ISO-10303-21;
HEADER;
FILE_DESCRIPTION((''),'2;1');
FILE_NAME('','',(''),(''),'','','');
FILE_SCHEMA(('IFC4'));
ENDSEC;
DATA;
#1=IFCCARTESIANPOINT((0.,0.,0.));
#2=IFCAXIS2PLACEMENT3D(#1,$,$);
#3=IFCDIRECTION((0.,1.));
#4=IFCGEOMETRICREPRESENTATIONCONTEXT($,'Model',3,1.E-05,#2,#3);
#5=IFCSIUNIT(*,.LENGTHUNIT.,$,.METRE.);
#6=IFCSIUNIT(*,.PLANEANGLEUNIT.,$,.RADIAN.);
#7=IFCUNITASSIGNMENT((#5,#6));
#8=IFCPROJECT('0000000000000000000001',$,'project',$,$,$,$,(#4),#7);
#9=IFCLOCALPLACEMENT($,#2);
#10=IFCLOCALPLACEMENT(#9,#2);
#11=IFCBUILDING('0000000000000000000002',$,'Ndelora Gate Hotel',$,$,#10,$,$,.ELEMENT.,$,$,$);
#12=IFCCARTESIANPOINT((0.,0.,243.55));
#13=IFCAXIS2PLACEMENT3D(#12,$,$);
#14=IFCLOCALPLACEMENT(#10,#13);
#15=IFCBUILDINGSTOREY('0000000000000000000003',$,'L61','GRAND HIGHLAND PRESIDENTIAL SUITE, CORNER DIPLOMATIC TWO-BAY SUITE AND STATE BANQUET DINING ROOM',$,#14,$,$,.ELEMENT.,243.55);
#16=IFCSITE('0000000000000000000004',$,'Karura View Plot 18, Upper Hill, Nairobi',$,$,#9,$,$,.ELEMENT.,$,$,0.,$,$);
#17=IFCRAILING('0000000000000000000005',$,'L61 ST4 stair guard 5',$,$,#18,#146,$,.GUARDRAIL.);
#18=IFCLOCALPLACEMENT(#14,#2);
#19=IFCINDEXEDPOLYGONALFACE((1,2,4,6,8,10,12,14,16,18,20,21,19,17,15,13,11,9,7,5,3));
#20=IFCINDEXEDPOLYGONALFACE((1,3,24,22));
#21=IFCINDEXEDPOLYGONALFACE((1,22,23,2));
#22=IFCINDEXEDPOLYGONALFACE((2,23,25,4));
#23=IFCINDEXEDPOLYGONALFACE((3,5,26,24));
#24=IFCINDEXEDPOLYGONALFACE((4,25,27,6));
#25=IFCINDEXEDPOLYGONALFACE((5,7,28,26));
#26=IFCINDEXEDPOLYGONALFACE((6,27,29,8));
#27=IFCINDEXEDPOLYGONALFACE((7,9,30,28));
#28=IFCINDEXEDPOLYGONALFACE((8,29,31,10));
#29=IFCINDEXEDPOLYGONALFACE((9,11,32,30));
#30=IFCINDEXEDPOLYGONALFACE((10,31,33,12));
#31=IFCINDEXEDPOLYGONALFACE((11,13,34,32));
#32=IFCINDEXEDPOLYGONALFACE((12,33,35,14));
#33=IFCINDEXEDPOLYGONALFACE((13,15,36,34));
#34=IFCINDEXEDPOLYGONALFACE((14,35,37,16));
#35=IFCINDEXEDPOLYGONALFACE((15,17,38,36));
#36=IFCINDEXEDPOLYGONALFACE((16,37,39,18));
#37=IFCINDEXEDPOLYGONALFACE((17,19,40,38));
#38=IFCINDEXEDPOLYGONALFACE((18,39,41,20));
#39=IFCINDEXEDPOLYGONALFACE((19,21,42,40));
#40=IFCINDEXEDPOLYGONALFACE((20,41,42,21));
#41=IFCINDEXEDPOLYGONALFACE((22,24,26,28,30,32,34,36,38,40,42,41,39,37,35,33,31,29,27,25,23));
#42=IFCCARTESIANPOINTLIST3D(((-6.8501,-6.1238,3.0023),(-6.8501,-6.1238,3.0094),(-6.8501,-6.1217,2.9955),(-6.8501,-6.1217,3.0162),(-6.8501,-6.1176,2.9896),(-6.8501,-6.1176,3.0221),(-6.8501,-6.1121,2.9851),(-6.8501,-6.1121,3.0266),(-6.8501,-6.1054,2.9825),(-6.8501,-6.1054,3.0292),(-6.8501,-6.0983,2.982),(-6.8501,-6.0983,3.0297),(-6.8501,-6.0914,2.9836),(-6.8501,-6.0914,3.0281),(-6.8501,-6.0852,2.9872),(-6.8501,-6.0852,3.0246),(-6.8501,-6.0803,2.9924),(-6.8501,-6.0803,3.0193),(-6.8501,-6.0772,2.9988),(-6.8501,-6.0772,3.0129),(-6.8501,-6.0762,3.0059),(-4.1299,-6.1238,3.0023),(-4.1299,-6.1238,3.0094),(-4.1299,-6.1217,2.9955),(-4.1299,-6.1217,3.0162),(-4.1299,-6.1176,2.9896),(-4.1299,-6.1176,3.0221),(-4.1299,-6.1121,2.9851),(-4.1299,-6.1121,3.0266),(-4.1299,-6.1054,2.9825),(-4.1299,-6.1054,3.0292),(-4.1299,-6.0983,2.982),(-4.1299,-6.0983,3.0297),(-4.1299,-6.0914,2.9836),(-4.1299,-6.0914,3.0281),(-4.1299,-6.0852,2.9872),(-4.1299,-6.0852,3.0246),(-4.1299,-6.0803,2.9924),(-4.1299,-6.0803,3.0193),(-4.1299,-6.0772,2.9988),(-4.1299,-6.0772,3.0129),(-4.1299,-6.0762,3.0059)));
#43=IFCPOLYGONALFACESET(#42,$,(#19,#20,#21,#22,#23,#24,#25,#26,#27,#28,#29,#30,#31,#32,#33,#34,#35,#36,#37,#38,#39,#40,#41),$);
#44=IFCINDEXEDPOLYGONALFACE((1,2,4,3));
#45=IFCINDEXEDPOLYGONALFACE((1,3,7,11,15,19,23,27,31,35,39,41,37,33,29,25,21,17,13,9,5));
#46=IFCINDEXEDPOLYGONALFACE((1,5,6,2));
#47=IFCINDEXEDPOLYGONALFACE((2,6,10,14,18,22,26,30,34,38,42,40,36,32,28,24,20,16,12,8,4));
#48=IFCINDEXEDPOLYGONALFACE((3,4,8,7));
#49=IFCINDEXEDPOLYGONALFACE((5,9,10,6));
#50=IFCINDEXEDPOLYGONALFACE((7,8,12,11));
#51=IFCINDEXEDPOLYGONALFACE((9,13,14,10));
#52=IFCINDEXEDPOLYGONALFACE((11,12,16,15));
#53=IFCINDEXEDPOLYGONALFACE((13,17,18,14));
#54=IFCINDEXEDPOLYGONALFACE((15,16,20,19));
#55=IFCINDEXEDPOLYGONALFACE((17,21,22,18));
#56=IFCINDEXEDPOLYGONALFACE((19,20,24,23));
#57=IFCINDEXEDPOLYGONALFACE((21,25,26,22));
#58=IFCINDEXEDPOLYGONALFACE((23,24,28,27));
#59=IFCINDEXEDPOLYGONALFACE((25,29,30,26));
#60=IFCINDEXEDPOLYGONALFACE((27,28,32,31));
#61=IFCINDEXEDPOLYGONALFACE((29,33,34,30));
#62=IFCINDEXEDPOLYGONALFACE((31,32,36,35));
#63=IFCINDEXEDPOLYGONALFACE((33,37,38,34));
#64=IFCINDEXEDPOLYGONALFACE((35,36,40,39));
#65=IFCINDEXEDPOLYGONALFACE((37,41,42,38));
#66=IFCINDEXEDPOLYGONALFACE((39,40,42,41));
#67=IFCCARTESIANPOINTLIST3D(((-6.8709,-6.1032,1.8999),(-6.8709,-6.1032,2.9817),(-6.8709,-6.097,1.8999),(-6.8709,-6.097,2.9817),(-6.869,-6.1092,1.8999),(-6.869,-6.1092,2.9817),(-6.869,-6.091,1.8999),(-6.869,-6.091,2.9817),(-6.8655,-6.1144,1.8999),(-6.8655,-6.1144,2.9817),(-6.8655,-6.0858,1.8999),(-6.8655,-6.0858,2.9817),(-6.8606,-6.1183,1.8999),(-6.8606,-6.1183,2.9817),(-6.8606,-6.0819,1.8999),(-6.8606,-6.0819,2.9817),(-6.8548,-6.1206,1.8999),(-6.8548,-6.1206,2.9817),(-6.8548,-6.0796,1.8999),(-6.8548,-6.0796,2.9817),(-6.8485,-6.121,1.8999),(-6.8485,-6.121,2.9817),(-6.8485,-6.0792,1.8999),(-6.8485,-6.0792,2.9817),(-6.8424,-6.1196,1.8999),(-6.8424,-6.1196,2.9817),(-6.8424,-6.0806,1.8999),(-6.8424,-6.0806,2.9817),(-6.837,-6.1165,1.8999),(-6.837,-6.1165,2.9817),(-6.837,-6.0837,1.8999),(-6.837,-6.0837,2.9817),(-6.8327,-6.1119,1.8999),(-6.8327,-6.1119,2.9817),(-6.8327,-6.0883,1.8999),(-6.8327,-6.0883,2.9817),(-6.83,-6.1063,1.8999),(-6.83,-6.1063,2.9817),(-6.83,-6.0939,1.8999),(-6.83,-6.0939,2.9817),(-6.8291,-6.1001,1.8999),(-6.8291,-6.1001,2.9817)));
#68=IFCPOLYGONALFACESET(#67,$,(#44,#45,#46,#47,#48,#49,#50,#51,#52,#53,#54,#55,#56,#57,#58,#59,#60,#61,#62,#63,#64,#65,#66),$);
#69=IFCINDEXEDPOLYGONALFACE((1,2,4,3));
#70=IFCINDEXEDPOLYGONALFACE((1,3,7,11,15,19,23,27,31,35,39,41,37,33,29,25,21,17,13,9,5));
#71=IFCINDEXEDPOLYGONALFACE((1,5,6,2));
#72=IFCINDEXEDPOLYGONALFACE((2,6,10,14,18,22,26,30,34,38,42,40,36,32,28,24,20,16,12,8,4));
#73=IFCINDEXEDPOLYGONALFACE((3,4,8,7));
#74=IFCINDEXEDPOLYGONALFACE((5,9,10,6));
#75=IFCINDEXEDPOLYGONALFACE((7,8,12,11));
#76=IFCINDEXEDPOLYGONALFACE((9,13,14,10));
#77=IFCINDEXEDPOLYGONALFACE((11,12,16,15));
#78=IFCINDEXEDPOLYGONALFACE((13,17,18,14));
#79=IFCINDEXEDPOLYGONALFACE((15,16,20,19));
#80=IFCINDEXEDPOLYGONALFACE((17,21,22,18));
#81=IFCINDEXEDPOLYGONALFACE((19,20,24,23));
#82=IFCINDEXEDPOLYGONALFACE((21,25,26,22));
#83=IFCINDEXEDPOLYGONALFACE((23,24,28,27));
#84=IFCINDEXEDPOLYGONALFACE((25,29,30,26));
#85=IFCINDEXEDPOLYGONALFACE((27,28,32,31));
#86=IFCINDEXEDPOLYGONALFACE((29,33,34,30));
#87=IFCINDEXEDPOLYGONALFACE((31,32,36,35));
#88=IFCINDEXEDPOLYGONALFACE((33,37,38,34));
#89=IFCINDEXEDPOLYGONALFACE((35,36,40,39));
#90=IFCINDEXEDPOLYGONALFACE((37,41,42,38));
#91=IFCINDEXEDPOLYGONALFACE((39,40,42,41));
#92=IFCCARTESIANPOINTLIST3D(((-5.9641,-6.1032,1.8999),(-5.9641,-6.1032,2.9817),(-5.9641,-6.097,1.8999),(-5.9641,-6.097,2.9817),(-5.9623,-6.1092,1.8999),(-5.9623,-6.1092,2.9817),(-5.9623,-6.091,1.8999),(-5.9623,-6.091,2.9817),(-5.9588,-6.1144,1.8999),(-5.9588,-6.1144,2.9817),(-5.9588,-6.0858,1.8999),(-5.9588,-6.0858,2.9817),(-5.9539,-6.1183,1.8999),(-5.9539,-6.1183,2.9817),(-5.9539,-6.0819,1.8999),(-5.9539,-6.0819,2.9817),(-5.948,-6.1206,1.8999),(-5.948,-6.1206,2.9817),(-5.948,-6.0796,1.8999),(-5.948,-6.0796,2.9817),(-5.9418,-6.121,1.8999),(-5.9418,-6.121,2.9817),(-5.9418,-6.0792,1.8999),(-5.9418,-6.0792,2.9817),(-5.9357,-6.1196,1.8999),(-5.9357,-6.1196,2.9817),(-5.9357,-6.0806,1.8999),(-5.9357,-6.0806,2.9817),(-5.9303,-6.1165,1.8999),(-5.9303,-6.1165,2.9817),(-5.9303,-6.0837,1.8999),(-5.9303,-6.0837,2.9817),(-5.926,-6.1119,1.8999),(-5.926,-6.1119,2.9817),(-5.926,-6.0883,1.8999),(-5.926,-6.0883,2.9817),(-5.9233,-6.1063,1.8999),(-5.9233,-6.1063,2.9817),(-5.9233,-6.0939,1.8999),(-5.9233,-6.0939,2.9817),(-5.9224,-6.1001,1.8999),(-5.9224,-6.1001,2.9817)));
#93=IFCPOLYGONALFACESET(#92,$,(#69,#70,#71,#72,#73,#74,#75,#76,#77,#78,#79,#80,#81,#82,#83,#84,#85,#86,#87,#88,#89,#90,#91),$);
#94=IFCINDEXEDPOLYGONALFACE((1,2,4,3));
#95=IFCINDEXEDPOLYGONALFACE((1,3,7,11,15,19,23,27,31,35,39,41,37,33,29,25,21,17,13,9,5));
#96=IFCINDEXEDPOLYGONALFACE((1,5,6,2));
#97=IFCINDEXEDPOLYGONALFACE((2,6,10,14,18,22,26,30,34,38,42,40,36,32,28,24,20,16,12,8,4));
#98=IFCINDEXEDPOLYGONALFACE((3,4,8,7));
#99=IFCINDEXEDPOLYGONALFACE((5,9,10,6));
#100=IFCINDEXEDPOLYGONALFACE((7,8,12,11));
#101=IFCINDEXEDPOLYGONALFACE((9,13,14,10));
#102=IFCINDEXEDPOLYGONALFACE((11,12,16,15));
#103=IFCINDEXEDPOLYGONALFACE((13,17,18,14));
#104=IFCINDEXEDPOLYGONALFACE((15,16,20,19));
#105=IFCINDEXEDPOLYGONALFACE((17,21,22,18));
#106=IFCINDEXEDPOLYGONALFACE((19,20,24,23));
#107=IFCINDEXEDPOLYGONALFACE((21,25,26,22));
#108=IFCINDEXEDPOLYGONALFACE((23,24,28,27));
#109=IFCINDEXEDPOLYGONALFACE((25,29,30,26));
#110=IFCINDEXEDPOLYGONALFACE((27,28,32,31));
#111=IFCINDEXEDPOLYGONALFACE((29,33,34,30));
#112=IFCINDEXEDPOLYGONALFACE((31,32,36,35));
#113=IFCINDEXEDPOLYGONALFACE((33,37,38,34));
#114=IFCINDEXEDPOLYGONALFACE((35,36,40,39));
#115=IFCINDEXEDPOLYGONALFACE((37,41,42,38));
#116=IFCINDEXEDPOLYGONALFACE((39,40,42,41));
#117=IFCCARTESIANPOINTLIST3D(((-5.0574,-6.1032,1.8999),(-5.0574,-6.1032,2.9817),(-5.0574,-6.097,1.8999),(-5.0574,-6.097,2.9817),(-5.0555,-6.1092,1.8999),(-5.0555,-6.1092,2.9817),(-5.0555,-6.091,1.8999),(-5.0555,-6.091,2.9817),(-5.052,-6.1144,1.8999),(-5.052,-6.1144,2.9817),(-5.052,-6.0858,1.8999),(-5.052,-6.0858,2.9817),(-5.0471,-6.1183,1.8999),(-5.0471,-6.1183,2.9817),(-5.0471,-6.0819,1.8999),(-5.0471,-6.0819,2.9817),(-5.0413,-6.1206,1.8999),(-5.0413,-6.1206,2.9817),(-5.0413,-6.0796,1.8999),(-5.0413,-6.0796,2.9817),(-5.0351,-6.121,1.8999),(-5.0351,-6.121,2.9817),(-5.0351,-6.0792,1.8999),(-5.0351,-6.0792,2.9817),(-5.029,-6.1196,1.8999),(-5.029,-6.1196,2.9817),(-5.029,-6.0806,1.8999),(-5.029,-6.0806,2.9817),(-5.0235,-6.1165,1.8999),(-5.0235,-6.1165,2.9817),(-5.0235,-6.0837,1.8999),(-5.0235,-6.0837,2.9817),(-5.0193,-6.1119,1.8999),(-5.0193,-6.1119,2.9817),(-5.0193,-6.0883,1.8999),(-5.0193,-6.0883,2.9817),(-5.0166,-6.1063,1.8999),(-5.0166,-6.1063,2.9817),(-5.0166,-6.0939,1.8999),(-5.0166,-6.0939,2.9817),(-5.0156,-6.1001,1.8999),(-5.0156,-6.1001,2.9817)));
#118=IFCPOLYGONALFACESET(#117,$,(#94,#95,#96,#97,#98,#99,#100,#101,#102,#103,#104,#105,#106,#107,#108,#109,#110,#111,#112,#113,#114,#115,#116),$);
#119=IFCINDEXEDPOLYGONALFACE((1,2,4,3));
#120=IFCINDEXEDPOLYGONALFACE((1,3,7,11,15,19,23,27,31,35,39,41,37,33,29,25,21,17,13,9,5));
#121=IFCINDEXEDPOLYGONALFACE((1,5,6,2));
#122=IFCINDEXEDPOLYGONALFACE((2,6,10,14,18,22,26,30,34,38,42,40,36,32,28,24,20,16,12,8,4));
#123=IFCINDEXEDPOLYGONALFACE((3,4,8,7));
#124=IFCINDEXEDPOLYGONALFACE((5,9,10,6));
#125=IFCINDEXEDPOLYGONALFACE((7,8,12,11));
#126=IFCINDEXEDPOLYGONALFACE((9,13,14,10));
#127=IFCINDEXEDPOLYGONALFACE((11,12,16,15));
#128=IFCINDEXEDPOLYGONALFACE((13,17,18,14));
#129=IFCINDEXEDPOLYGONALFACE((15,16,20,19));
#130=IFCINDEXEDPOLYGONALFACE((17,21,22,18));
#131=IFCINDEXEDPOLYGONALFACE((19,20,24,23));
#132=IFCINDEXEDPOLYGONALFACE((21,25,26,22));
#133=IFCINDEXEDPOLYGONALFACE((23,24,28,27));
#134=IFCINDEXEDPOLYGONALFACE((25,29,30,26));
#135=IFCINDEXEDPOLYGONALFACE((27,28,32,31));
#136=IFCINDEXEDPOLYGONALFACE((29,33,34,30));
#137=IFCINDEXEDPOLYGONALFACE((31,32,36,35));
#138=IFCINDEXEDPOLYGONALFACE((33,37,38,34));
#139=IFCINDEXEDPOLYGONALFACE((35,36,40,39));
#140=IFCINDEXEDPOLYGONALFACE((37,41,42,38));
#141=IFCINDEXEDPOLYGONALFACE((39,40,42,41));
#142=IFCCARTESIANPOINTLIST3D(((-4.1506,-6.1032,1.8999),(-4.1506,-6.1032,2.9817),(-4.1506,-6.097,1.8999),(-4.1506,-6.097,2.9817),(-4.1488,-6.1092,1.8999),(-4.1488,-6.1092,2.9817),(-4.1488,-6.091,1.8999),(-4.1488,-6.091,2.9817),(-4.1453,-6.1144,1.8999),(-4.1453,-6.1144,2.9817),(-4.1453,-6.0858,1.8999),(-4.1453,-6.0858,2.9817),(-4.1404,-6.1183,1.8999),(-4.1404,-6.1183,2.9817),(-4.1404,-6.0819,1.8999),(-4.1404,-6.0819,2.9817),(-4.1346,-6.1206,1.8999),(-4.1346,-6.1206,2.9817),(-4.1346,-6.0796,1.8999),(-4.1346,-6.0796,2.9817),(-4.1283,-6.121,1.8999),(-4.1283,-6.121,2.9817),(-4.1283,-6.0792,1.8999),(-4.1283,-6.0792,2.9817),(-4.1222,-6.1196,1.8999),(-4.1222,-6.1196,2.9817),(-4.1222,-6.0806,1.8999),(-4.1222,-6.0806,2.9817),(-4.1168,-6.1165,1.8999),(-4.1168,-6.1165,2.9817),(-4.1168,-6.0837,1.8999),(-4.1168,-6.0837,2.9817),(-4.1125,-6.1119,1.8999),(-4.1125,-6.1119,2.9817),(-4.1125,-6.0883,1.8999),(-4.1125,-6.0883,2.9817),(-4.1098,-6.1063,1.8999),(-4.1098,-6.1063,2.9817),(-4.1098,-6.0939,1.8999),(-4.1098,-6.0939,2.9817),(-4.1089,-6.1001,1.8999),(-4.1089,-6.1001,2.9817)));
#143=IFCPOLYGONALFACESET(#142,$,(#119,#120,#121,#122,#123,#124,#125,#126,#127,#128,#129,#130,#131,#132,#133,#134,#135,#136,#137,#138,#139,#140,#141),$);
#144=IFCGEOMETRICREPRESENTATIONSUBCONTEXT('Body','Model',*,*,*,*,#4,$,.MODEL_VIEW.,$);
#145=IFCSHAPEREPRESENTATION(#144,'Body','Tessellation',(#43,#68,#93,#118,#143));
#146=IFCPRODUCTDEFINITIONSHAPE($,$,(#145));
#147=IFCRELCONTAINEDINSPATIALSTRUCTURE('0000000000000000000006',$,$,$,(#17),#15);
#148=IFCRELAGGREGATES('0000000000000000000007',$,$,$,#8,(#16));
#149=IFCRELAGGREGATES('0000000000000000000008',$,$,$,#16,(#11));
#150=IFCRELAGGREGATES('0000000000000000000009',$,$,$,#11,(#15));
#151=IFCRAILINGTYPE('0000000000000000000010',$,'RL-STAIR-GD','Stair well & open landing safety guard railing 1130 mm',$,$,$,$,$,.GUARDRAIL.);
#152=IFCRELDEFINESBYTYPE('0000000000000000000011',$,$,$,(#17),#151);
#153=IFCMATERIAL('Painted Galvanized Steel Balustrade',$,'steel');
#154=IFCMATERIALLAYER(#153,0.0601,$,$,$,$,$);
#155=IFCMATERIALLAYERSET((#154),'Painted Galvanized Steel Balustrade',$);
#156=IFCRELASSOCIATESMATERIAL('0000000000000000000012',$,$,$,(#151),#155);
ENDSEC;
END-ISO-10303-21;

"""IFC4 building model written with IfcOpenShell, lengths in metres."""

from ifc_helpers import new_model, si_unit, direction, frame, origin, origin_2d, place, context, subcontext, project, spatial, circle, extrude, material, layer, layer_set, type_object, element, save


model = new_model("IFC4")

# Units and contexts
model_context = context("Model", 3, precision=1e-05, world=origin(), true_north=direction((0.0, 1.0)))
body_context = subcontext(model_context, "Body", "Model", "MODEL_VIEW")
ifc_project = project(units=[si_unit("LENGTHUNIT", "METRE"), si_unit("PLANEANGLEUNIT", "RADIAN")], contexts=[model_context])

# Site, building, storey
site_placement = place(None, origin())
site = spatial("IfcSite", under=ifc_project, at=site_placement, Name="Karura View Plot 18, Upper Hill, Nairobi", CompositionType="ELEMENT", RefElevation=0.0)
building_placement = place(site_placement, origin())
building = spatial("IfcBuilding", under=site, at=building_placement, Name="Ndelora Gate Hotel", CompositionType="ELEMENT")
storey_placement = place(building_placement, frame((0.0, 0.0, 243.55)))
storey = spatial("IfcBuildingStorey", under=building, at=storey_placement, Name="L61", Description="GRAND HIGHLAND PRESIDENTIAL SUITE, CORNER DIPLOMATIC TWO-BAY SUITE AND STATE BANQUET DINING ROOM", CompositionType="ELEMENT", Elevation=243.55)

# Railing
ifc_material_1 = material(Name="Painted Galvanized Steel Balustrade", Category="steel")
ifc_layer_1 = layer(ifc_material_1, 0.0601)
ifc_layer_set_1 = layer_set([ifc_layer_1], Name="Painted Galvanized Steel Balustrade")
railing_type_1 = type_object("IfcRailingType", Name="RL-STAIR-GD", Description="Stair well & open landing safety guard railing 1130 mm", PredefinedType="GUARDRAIL", material=ifc_layer_set_1)
railing_1_placement = place(storey_placement, frame((-6.8501, -6.1001, 1.8999)))
element("IfcRailing", 1, at=railing_1_placement, inside=storey, type_object=railing_type_1, Name="L61 ST4 stair guard 5", PredefinedType="GUARDRAIL", context=body_context, shape_type="SweptSolid", body=[
    extrude(circle(Radius=0.0239, at=origin_2d()), frame((0.0, 0.0, 1.106), z_axis=(1.0, 0.0, 0.0), x_axis=(0.0, 1.0, 0.0)), (0.0, 0.0, 1.0), 2.7202),
    extrude(circle(Radius=0.021, at=origin_2d()), origin(), (0.0, 0.0, 1.0), 1.0818),
    extrude(circle(Radius=0.021, at=origin_2d()), frame((0.9067, 0.0, 0.0)), (0.0, 0.0, 1.0), 1.0818),
    extrude(circle(Radius=0.021, at=origin_2d()), frame((1.8135, 0.0, 0.0)), (0.0, 0.0, 1.0), 1.0818),
    extrude(circle(Radius=0.021, at=origin_2d()), frame((2.7202, 0.0, 0.0)), (0.0, 0.0, 1.0), 1.0818),
])

save(model, "model.ifc")
